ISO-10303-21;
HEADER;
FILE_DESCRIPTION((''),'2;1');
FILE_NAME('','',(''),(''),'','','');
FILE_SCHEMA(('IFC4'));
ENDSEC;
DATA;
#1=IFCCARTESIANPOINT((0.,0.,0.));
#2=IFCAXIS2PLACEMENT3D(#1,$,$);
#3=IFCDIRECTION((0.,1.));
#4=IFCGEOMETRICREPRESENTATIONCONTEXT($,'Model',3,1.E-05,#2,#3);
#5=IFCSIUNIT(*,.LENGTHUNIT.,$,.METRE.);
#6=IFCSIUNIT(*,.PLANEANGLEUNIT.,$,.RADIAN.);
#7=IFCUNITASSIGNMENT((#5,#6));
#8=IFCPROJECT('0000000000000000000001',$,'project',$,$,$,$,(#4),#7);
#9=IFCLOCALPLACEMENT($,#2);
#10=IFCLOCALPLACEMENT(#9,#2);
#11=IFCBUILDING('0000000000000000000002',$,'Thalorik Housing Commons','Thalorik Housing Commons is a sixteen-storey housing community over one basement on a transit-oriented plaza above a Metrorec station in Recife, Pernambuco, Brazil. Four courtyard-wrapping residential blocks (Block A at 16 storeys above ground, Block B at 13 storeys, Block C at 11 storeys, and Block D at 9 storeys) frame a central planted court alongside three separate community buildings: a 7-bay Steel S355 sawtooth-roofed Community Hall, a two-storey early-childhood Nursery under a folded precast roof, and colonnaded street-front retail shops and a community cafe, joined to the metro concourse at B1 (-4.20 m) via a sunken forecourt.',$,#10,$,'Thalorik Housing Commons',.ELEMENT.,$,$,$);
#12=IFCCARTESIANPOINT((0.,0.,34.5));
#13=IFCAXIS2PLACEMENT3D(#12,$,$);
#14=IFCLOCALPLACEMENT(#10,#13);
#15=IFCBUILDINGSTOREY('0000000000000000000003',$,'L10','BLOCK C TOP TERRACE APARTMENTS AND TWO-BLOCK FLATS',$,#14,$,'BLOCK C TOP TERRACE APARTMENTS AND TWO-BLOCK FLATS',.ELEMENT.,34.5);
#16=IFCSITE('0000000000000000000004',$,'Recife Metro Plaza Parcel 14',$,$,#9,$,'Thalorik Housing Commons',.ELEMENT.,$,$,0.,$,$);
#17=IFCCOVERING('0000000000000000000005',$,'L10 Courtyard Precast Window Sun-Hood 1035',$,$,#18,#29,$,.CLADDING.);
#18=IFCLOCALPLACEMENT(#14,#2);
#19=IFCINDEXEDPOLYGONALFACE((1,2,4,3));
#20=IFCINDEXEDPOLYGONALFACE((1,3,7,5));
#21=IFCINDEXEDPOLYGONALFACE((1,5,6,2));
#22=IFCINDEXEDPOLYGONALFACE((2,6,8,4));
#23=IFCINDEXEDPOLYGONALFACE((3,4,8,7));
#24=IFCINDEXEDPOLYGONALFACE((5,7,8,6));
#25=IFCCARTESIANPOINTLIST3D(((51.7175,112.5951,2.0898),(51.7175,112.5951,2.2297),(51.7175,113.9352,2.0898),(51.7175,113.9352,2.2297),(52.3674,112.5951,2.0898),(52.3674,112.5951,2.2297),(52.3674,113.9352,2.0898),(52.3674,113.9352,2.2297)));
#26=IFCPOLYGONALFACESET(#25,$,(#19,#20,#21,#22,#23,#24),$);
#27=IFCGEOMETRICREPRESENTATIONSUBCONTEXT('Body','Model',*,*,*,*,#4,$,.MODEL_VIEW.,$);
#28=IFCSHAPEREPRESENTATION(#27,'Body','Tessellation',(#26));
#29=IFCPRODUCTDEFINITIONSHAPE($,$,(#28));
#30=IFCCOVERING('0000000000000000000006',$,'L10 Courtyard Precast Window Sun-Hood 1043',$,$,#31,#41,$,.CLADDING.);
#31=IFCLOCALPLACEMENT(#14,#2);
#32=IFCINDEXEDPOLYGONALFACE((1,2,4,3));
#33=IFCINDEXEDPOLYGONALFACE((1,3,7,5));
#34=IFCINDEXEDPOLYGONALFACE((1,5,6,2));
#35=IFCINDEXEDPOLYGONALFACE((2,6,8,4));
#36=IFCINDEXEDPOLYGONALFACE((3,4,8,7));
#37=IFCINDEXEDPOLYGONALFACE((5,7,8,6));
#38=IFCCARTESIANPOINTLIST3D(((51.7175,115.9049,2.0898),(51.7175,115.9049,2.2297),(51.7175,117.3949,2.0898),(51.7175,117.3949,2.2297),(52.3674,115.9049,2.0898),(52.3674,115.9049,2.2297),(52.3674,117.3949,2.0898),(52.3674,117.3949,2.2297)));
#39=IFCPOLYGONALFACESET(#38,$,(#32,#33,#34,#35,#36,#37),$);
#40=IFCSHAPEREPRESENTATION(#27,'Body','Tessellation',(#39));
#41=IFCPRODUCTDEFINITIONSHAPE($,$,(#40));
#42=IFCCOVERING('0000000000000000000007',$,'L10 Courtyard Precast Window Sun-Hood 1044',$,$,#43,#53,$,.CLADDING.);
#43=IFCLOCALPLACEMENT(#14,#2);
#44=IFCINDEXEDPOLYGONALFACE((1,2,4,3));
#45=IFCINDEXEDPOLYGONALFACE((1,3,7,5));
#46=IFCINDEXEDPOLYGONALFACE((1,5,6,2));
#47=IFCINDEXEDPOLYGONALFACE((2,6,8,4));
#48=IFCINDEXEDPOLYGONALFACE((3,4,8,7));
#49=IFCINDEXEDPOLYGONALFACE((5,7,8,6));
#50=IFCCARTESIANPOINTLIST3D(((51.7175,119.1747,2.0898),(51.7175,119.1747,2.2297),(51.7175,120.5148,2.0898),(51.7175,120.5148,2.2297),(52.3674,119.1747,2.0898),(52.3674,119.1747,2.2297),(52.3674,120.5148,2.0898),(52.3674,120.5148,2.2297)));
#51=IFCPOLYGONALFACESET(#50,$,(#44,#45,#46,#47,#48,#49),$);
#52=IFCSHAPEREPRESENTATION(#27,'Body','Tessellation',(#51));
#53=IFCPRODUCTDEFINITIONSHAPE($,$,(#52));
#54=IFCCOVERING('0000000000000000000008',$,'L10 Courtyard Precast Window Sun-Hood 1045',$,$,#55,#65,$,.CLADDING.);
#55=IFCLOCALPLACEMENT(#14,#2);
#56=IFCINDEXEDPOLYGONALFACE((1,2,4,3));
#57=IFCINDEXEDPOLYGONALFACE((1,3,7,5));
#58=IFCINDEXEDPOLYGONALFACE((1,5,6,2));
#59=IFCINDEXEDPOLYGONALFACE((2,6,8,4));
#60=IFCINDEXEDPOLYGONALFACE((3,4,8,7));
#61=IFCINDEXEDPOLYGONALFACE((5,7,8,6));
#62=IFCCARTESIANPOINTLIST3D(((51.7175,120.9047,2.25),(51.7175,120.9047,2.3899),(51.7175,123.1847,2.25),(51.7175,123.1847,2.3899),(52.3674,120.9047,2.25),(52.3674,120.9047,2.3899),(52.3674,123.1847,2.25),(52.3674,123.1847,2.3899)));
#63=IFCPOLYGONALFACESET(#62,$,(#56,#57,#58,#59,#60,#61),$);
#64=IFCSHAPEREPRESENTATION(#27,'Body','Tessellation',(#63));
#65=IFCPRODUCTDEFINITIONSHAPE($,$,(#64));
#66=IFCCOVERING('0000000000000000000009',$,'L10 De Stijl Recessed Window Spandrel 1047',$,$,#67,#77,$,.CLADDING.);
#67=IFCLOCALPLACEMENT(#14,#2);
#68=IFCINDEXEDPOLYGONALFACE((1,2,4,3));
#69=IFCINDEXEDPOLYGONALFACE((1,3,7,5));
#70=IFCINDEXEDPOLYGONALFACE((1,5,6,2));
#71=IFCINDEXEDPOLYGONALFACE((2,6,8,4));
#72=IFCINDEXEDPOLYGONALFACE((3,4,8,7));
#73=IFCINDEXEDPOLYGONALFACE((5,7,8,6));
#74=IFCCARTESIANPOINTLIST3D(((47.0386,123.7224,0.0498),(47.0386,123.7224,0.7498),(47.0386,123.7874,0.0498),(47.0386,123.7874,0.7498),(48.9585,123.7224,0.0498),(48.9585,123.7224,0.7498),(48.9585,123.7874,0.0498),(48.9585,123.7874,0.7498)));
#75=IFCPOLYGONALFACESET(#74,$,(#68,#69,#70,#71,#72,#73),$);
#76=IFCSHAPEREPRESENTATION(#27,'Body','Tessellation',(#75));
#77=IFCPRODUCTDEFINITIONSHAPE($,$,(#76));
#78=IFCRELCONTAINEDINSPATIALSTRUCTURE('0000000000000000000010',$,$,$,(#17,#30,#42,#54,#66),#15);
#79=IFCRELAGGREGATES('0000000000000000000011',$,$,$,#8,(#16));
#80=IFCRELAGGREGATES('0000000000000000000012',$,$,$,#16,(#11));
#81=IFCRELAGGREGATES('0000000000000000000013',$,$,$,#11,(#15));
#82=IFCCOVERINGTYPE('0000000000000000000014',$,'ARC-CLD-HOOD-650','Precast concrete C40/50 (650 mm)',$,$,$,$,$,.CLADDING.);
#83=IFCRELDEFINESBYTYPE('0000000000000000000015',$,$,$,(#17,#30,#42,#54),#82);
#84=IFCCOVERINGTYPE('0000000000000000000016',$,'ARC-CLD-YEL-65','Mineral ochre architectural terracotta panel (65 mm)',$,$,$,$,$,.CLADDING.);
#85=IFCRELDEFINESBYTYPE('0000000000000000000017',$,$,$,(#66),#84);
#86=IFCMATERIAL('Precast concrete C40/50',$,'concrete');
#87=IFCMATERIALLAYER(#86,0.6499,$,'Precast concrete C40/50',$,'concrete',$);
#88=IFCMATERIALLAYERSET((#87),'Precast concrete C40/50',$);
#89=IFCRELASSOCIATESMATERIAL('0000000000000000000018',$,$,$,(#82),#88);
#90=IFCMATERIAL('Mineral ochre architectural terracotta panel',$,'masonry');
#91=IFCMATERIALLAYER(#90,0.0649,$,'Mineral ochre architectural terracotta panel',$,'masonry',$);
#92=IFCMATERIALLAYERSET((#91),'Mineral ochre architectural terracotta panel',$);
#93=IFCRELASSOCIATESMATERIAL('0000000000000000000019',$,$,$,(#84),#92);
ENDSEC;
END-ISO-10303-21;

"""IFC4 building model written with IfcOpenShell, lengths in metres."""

from ifc_helpers import new_model, si_unit, direction, frame, origin, origin_2d, place, context, subcontext, project, spatial, rectangle, extrude, material, layer, layer_set, type_object, element, save


model = new_model("IFC4")

# Units and contexts
model_context = context("Model", 3, precision=1e-05, world=origin(), true_north=direction((0.0, 1.0)))
body_context = subcontext(model_context, "Body", "Model", "MODEL_VIEW")
ifc_project = project(units=[si_unit("LENGTHUNIT", "METRE"), si_unit("PLANEANGLEUNIT", "RADIAN")], contexts=[model_context])

# Site, building, storey
site_placement = place(None, origin())
site = spatial("IfcSite", under=ifc_project, at=site_placement, Name="Recife Metro Plaza Parcel 14", LongName="Thalorik Housing Commons", CompositionType="ELEMENT", RefElevation=0.0)
building_placement = place(site_placement, origin())
building = spatial("IfcBuilding", under=site, at=building_placement, Name="Thalorik Housing Commons", Description="Thalorik Housing Commons is a sixteen-storey housing community over one basement on a transit-oriented plaza above a Metrorec station in Recife, Pernambuco, Brazil. Four courtyard-wrapping residential blocks (Block A at 16 storeys above ground, Block B at 13 storeys, Block C at 11 storeys, and Block D at 9 storeys) frame a central planted court alongside three separate community buildings: a 7-bay Steel S355 sawtooth-roofed Community Hall, a two-storey early-childhood Nursery under a folded precast roof, and colonnaded street-front retail shops and a community cafe, joined to the metro concourse at B1 (-4.20 m) via a sunken forecourt.", LongName="Thalorik Housing Commons", CompositionType="ELEMENT")
storey_placement = place(building_placement, frame((0.0, 0.0, 34.5)))
storey = spatial("IfcBuildingStorey", under=building, at=storey_placement, Name="L10", Description="BLOCK C TOP TERRACE APARTMENTS AND TWO-BLOCK FLATS", LongName="BLOCK C TOP TERRACE APARTMENTS AND TWO-BLOCK FLATS", CompositionType="ELEMENT", Elevation=34.5)

# Shared definitions
ifc_material_1 = material(Name="Precast concrete C40/50", Category="concrete")

# Coverings
ifc_layer_1 = layer(ifc_material_1, 0.6499, Name="Precast concrete C40/50", Category="concrete")
ifc_layer_set_1 = layer_set([ifc_layer_1], Name="Precast concrete C40/50")
covering_type_1 = type_object("IfcCoveringType", Name="ARC-CLD-HOOD-650", Description="Precast concrete C40/50 (650 mm)", PredefinedType="CLADDING", material=ifc_layer_set_1)
covering_1_placement = place(storey_placement, frame((52.0425, 113.2651, 2.0898), z_axis=(0.0, 0.0, 1.0), x_axis=(0.0, 1.0, 0.0)))
element("IfcCovering", 1, at=covering_1_placement, inside=storey, type_object=covering_type_1, Name="L10 Courtyard Precast Window Sun-Hood 1035", PredefinedType="CLADDING", context=body_context, shape_type="SweptSolid", body=[
    extrude(rectangle(XDim=1.3401, YDim=0.6499, at=origin_2d()), origin(), (0.0, 0.0, 1.0), 0.1399),
])
covering_2_placement = place(storey_placement, frame((52.0425, 116.6499, 2.0898), z_axis=(0.0, 0.0, 1.0), x_axis=(0.0, 1.0, 0.0)))
element("IfcCovering", 2, at=covering_2_placement, inside=storey, type_object=covering_type_1, Name="L10 Courtyard Precast Window Sun-Hood 1043", PredefinedType="CLADDING", context=body_context, shape_type="SweptSolid", body=[
    extrude(rectangle(XDim=1.49, YDim=0.6499, at=origin_2d()), origin(), (0.0, 0.0, 1.0), 0.1399),
])
covering_3_placement = place(storey_placement, frame((52.0425, 119.8447, 2.0898), z_axis=(0.0, 0.0, 1.0), x_axis=(0.0, 1.0, 0.0)))
element("IfcCovering", 3, at=covering_3_placement, inside=storey, type_object=covering_type_1, Name="L10 Courtyard Precast Window Sun-Hood 1044", PredefinedType="CLADDING", context=body_context, shape_type="SweptSolid", body=[
    extrude(rectangle(XDim=1.3401, YDim=0.6499, at=origin_2d()), origin(), (0.0, 0.0, 1.0), 0.1399),
])
covering_4_placement = place(storey_placement, frame((52.0425, 122.0447, 2.25), z_axis=(0.0, 0.0, 1.0), x_axis=(0.0, 1.0, 0.0)))
element("IfcCovering", 4, at=covering_4_placement, inside=storey, type_object=covering_type_1, Name="L10 Courtyard Precast Window Sun-Hood 1045", PredefinedType="CLADDING", context=body_context, shape_type="SweptSolid", body=[
    extrude(rectangle(XDim=2.28, YDim=0.6499, at=origin_2d()), origin(), (0.0, 0.0, 1.0), 0.1399),
])
ifc_material_2 = material(Name="Mineral ochre architectural terracotta panel", Category="masonry")
ifc_layer_2 = layer(ifc_material_2, 0.0649, Name="Mineral ochre architectural terracotta panel", Category="masonry")
ifc_layer_set_2 = layer_set([ifc_layer_2], Name="Mineral ochre architectural terracotta panel")
covering_type_2 = type_object("IfcCoveringType", Name="ARC-CLD-YEL-65", Description="Mineral ochre architectural terracotta panel (65 mm)", PredefinedType="CLADDING", material=ifc_layer_set_2)
covering_5_placement = place(storey_placement, frame((47.9985, 123.7549, 0.0498), z_axis=(0.0, 0.0, 1.0), x_axis=(-1.0, 0.0, 0.0)))
element("IfcCovering", 5, at=covering_5_placement, inside=storey, type_object=covering_type_2, Name="L10 De Stijl Recessed Window Spandrel 1047", PredefinedType="CLADDING", context=body_context, shape_type="SweptSolid", body=[
    extrude(rectangle(XDim=1.9199, YDim=0.0649, at=origin_2d()), origin(), (0.0, 0.0, 1.0), 0.7),
])

save(model, "model.ifc")
